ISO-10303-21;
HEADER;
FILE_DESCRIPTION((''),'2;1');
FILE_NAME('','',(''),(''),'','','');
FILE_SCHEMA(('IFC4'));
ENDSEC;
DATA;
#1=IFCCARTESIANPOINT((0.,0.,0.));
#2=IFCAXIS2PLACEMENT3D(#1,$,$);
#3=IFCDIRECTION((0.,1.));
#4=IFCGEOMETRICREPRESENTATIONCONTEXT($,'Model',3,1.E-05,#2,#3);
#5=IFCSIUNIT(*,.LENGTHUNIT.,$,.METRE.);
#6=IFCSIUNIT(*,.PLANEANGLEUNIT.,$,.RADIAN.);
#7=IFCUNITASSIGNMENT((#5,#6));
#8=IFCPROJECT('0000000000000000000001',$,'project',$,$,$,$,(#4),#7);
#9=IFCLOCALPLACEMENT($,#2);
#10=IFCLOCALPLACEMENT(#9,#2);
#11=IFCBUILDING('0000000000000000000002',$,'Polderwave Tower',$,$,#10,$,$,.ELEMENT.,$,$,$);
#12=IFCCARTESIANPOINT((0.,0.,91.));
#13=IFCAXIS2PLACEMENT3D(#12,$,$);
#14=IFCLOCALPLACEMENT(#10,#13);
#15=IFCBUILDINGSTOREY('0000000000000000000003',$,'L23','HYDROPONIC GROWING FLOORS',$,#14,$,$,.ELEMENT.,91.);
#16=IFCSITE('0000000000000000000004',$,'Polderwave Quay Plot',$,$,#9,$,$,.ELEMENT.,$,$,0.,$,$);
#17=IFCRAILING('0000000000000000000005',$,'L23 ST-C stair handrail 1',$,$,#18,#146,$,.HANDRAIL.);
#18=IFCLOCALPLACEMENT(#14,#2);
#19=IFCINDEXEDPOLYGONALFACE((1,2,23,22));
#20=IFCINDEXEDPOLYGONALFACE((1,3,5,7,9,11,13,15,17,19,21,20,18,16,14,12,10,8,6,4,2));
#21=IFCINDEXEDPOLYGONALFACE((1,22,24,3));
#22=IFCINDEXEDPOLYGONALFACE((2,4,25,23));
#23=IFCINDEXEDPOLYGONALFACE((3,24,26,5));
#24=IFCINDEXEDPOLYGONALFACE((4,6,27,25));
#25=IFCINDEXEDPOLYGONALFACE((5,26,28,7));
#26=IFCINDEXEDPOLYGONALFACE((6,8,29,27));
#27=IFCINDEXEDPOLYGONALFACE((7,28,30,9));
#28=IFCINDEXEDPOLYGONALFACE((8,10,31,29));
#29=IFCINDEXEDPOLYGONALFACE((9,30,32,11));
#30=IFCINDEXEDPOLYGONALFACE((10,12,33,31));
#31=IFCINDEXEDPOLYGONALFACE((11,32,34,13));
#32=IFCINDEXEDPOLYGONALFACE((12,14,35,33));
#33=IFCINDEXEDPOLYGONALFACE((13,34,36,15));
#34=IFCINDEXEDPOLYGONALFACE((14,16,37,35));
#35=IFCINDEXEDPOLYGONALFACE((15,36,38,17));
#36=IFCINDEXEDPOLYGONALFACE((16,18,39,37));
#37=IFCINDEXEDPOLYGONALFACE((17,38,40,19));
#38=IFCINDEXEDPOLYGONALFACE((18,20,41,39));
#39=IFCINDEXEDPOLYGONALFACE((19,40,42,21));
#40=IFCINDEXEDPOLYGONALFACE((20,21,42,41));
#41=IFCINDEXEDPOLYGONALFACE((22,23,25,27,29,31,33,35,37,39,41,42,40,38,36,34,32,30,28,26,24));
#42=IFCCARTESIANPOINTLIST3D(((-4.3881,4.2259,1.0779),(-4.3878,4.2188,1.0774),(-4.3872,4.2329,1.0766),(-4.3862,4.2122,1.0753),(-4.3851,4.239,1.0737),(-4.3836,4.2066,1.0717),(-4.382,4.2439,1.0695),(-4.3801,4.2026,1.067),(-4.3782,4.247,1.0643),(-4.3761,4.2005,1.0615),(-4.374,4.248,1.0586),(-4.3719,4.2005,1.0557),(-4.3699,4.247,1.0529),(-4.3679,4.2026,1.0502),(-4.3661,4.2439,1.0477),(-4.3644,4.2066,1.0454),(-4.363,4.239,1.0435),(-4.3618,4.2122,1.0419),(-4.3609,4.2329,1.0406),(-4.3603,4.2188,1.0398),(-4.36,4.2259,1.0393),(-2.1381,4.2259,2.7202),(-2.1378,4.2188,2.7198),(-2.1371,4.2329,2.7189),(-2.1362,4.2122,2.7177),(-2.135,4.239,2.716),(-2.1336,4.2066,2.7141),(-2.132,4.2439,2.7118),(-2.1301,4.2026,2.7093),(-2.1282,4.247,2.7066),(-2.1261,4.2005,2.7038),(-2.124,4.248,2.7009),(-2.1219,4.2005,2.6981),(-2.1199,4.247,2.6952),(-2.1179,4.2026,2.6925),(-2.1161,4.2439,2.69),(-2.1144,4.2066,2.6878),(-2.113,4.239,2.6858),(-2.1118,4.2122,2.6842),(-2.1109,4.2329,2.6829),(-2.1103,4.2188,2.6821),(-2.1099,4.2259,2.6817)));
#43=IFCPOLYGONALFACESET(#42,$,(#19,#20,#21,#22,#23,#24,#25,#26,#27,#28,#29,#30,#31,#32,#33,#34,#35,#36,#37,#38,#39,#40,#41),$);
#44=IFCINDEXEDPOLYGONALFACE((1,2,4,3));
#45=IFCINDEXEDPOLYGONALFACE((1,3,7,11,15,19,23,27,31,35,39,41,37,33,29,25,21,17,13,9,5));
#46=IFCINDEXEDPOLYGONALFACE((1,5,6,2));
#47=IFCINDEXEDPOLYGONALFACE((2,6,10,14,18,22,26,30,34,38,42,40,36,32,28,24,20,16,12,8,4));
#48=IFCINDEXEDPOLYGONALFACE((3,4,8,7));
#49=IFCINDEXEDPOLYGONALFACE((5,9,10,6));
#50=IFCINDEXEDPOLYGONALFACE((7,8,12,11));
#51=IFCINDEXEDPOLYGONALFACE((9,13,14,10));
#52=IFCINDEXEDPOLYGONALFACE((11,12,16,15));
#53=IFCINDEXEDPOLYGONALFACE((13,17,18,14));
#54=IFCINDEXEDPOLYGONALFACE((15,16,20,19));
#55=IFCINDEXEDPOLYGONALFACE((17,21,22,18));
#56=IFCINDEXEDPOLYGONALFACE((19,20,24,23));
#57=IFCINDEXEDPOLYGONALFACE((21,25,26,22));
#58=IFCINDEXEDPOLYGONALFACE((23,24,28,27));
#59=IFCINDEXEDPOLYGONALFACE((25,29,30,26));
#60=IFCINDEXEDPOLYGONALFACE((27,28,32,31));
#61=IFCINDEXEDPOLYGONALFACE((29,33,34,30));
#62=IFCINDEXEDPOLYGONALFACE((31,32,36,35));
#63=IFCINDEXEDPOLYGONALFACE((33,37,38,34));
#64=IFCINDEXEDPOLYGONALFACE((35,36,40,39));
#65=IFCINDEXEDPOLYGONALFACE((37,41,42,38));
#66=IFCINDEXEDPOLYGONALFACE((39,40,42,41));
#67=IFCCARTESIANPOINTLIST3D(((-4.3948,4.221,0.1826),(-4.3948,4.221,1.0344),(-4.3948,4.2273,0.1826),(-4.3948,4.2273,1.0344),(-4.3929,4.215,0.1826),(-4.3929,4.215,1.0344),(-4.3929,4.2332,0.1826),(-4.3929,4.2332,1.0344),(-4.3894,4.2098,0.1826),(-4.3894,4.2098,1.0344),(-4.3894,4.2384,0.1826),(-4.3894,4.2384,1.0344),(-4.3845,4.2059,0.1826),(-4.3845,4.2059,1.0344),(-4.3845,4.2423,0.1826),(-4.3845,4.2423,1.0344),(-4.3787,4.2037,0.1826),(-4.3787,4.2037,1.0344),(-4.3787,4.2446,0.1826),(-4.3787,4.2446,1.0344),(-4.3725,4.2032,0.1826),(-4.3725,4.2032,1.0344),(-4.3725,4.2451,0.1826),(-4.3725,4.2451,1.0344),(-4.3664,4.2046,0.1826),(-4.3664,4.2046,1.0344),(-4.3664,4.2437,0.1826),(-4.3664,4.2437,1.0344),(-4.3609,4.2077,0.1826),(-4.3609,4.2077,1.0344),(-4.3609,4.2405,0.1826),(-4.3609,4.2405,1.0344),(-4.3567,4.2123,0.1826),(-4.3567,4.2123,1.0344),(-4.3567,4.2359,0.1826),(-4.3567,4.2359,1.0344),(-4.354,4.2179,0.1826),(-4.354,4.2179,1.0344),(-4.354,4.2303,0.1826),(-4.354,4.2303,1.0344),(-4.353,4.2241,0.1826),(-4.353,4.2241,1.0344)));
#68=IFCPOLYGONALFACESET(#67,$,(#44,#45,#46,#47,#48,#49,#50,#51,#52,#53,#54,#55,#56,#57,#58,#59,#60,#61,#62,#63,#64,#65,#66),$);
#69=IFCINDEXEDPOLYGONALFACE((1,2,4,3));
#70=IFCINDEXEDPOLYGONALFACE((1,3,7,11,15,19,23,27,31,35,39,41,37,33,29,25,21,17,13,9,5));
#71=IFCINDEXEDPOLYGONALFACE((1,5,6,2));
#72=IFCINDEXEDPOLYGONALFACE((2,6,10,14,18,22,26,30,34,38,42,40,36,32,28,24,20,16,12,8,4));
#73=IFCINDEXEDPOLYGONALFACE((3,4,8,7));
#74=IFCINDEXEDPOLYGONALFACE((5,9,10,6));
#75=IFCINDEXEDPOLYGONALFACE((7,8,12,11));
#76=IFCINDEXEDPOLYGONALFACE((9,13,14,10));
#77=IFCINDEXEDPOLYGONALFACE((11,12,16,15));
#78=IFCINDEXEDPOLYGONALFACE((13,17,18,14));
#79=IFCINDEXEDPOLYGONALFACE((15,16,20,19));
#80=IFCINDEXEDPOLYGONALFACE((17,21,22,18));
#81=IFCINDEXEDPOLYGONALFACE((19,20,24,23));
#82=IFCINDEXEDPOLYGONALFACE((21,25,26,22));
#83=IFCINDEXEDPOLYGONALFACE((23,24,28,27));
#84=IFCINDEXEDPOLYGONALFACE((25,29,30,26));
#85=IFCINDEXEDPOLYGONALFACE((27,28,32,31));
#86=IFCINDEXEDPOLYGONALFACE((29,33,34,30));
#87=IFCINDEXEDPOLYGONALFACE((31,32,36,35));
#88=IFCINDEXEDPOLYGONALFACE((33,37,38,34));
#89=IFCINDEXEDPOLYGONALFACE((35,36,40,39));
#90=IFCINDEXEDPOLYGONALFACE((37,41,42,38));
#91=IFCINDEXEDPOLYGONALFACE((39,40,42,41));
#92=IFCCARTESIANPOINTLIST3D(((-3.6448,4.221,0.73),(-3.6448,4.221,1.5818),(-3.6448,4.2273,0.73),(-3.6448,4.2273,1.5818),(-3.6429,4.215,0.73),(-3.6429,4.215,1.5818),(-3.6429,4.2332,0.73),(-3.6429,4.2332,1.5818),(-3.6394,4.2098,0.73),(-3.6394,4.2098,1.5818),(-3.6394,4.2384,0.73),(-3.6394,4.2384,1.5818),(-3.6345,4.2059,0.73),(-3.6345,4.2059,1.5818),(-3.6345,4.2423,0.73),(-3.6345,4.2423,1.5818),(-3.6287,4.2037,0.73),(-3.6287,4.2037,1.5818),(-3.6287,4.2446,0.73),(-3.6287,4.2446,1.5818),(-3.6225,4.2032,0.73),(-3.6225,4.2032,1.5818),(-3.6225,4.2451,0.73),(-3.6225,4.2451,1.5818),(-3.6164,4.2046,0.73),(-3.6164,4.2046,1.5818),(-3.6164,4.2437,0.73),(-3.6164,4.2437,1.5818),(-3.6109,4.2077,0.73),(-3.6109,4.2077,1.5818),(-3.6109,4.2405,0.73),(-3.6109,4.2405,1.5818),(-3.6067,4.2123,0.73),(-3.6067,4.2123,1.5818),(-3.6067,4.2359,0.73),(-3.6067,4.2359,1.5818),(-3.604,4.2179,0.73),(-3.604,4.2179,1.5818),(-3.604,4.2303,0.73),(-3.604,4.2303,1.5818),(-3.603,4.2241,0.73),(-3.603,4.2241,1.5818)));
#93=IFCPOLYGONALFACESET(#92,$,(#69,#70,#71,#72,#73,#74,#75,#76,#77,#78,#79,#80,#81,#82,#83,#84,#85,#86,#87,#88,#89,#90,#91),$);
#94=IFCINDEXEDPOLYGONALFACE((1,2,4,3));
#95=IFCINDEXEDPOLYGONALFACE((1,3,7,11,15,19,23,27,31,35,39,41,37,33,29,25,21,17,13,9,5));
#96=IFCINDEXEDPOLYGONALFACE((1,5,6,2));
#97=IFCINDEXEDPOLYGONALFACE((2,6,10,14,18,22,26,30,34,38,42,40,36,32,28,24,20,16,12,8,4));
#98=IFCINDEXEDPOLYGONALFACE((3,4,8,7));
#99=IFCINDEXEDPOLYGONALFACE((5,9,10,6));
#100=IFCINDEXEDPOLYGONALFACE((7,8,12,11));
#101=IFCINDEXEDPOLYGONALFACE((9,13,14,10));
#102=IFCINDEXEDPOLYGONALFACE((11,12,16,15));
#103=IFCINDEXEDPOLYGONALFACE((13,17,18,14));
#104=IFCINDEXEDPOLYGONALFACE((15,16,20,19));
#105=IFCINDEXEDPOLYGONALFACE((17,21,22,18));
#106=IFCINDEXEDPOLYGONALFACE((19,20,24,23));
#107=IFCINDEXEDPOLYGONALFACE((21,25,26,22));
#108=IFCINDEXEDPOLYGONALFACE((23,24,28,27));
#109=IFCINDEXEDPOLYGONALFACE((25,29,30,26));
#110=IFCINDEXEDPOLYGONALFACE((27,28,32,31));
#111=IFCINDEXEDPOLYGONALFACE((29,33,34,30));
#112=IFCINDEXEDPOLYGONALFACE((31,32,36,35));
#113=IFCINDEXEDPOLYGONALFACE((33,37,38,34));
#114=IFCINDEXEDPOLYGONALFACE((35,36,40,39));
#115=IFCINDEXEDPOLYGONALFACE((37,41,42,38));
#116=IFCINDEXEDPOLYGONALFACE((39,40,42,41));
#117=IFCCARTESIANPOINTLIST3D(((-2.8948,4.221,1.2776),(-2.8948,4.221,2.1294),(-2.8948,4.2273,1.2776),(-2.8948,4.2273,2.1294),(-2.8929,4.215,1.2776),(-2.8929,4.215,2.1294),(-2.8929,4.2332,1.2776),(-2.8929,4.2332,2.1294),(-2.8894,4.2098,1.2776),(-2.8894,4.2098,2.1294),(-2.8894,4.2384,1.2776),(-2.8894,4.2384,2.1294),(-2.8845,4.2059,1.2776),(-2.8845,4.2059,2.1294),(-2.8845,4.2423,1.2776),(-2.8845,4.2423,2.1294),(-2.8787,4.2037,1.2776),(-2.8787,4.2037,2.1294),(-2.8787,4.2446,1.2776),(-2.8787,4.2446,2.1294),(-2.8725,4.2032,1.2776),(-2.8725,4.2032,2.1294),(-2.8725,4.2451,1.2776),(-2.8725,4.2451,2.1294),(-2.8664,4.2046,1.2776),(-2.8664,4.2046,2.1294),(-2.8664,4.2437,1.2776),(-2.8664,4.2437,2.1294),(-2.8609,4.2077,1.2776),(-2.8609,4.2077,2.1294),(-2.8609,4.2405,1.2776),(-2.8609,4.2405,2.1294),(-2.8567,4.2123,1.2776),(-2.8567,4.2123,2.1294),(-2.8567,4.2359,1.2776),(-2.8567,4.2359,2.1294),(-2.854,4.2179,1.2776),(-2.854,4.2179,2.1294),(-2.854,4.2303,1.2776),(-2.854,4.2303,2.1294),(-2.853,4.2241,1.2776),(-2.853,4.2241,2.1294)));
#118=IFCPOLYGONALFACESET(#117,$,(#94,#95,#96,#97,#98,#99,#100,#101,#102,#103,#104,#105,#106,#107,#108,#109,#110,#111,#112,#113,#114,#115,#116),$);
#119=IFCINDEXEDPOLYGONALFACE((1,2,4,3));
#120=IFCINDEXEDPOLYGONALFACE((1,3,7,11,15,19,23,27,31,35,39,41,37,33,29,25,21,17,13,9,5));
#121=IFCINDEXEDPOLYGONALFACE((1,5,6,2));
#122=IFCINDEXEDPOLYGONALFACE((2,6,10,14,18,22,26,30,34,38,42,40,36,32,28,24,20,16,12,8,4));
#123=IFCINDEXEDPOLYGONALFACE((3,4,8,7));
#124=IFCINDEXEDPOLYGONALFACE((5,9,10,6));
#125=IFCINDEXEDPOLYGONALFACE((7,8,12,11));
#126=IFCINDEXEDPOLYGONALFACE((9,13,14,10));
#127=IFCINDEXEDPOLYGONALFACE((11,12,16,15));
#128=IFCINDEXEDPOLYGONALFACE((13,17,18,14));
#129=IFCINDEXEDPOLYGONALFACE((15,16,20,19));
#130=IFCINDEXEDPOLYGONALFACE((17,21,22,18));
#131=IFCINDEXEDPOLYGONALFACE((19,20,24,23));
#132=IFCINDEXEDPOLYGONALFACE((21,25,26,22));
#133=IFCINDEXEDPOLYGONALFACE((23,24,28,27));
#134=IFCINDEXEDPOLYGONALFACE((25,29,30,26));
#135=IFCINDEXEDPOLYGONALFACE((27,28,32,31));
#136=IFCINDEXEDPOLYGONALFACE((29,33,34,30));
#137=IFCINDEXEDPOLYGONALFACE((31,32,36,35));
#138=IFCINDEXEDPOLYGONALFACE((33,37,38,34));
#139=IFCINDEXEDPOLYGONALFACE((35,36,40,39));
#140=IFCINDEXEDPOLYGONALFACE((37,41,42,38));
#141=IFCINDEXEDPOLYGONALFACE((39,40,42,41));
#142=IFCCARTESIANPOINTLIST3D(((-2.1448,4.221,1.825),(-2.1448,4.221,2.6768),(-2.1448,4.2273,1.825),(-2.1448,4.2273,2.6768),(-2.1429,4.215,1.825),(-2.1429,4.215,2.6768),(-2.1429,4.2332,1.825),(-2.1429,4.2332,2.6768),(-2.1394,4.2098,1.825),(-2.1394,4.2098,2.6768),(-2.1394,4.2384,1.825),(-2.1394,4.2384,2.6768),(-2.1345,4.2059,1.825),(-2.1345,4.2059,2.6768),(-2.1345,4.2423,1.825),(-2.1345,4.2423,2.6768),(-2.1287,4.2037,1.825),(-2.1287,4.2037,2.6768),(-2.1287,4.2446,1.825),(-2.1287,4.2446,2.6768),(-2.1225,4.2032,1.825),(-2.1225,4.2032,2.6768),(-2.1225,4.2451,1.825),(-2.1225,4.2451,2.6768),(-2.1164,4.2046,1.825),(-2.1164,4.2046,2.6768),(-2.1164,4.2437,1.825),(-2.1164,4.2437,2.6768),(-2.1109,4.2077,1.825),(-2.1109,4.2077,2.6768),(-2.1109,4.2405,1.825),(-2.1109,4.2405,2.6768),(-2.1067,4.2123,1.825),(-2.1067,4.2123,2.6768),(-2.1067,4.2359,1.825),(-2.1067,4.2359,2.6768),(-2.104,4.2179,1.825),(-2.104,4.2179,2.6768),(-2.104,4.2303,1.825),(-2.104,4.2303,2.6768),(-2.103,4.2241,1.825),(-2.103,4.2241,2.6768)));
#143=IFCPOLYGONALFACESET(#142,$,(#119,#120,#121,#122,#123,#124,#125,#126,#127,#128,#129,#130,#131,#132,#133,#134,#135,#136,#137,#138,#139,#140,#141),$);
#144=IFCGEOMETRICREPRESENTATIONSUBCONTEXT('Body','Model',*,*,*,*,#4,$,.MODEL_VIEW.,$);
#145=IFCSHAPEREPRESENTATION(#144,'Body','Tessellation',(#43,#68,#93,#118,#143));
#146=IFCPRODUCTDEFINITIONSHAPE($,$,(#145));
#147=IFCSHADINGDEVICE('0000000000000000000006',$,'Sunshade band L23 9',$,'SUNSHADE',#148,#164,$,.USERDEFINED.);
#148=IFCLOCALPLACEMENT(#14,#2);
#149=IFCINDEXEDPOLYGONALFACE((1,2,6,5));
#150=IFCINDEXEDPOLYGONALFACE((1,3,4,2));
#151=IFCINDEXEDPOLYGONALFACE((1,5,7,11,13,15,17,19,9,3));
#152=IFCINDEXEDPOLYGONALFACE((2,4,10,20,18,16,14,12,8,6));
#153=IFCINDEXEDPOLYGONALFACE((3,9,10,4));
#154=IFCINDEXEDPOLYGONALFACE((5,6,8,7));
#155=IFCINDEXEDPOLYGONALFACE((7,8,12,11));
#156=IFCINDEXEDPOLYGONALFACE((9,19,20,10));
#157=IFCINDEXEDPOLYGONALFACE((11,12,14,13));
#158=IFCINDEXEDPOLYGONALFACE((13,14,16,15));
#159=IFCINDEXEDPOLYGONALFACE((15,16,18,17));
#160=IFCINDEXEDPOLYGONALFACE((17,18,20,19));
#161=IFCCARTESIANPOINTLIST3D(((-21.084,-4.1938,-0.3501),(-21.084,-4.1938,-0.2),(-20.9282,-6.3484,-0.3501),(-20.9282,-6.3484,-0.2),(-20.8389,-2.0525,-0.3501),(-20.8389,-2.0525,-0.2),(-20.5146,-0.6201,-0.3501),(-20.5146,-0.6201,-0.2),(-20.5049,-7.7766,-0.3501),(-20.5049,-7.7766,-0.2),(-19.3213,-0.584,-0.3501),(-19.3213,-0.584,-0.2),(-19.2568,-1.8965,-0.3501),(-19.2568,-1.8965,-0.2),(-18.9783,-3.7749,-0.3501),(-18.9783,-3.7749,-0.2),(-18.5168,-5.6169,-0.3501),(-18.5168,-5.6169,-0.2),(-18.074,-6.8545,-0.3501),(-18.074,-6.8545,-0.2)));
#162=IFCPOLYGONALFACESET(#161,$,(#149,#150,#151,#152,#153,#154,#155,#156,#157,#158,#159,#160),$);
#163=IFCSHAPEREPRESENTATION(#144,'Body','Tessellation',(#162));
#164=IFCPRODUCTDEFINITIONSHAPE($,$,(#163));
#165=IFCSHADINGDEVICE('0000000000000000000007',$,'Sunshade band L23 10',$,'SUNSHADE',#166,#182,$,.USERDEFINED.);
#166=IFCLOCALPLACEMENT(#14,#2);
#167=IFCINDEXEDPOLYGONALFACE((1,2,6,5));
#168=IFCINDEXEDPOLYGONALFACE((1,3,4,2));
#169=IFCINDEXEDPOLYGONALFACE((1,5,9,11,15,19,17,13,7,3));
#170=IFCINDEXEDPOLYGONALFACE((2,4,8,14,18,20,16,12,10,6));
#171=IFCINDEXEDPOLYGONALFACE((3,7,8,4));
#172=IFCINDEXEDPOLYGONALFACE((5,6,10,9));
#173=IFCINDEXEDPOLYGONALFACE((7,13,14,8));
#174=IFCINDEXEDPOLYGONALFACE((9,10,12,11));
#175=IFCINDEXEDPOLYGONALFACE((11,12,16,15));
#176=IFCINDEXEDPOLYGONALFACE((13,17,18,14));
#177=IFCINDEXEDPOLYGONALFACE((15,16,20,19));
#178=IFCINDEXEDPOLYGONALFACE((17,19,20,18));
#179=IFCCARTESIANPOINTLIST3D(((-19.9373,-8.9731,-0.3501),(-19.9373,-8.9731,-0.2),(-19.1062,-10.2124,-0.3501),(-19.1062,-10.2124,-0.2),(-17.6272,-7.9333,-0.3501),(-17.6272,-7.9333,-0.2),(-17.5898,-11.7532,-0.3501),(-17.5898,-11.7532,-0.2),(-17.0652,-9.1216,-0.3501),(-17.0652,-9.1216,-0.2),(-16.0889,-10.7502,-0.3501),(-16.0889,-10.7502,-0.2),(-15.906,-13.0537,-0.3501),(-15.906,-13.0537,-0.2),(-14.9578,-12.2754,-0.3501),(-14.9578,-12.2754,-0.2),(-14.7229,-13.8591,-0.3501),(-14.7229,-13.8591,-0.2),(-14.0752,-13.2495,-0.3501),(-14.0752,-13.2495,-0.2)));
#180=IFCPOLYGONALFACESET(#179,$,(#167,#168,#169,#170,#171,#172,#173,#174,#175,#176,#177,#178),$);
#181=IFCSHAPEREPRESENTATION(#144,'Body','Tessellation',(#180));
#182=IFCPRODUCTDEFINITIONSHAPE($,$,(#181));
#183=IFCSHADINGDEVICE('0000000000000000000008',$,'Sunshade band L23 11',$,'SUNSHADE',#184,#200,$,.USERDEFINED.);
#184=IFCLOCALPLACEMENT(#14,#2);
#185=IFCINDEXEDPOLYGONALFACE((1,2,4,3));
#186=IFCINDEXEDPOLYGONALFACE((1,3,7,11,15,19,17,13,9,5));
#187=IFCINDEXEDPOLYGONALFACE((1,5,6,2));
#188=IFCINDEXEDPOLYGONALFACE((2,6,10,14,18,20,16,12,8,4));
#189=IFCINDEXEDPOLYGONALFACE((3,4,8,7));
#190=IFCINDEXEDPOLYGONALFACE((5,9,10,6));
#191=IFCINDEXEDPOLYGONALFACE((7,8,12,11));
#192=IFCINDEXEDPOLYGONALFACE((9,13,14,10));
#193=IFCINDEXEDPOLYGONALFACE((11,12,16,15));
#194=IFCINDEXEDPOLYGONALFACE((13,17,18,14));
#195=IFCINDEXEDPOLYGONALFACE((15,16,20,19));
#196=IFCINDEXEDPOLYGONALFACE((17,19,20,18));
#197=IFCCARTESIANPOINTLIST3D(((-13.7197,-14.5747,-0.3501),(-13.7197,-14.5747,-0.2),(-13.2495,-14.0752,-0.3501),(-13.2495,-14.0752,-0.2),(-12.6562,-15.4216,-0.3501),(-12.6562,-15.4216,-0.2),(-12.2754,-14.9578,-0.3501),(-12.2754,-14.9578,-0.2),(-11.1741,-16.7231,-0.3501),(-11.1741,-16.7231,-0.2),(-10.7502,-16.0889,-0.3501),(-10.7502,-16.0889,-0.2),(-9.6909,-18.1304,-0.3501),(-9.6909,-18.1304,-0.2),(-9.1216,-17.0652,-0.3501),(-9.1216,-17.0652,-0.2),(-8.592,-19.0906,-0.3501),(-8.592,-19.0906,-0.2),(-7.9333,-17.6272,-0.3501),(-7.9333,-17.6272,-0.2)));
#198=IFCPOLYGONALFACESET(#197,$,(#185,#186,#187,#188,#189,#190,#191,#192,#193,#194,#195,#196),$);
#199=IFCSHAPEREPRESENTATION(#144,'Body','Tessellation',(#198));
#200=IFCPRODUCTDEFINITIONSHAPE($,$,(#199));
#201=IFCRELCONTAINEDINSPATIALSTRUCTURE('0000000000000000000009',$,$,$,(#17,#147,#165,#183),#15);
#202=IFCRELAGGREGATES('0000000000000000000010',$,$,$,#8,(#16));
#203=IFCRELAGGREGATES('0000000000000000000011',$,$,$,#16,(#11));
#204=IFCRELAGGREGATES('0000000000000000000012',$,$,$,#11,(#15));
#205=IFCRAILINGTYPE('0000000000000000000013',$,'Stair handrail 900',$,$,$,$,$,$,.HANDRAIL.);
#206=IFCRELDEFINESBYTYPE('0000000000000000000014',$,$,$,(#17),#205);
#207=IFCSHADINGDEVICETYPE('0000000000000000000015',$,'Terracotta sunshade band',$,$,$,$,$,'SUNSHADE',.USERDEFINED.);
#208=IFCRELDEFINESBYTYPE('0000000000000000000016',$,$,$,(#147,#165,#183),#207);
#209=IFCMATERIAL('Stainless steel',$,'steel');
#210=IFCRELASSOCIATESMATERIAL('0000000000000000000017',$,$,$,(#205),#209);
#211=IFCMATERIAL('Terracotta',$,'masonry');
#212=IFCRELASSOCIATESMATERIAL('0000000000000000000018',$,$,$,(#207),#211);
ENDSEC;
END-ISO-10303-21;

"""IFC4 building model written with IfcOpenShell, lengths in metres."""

from ifc_helpers import new_model, si_unit, direction, frame, origin, origin_2d, place, context, subcontext, project, spatial, polyline, circle, outline, extrude, material, type_object, element, save


model = new_model("IFC4")

# Units and contexts
model_context = context("Model", 3, precision=1e-05, world=origin(), true_north=direction((0.0, 1.0)))
body_context = subcontext(model_context, "Body", "Model", "MODEL_VIEW")
ifc_project = project(units=[si_unit("LENGTHUNIT", "METRE"), si_unit("PLANEANGLEUNIT", "RADIAN")], contexts=[model_context])

# Site, building, storey
site_placement = place(None, origin())
site = spatial("IfcSite", under=ifc_project, at=site_placement, Name="Polderwave Quay Plot", CompositionType="ELEMENT", RefElevation=0.0)
building_placement = place(site_placement, origin())
building = spatial("IfcBuilding", under=site, at=building_placement, Name="Polderwave Tower", CompositionType="ELEMENT")
storey_placement = place(building_placement, frame((0.0, 0.0, 91.0)))
storey = spatial("IfcBuildingStorey", under=building, at=storey_placement, Name="L23", Description="HYDROPONIC GROWING FLOORS", CompositionType="ELEMENT", Elevation=91.0)

# Railing
ifc_material_1 = material(Name="Stainless steel", Category="steel")
railing_type_1 = type_object("IfcRailingType", Name="Stair handrail 900", PredefinedType="HANDRAIL", material=ifc_material_1)
railing_1_placement = place(storey_placement, frame((-4.374, 4.2241, 0.1826)))
element("IfcRailing", 1, at=railing_1_placement, inside=storey, type_object=railing_type_1, Name="L23 ST-C stair handrail 1", PredefinedType="HANDRAIL", context=body_context, shape_type="SweptSolid", body=[
    extrude(circle(Radius=0.0239, at=origin_2d()), frame((0.0, 0.0, 0.876), z_axis=(0.807715, 0.0, 0.589573), x_axis=(0.0, 1.0, 0.0)), (0.0, 0.0, 1.0), 2.7856),
    extrude(circle(Radius=0.021, at=origin_2d()), origin(), (0.0, 0.0, 1.0), 0.8518),
    extrude(circle(Radius=0.021, at=origin_2d()), frame((0.75, 0.0, 0.5474)), (0.0, 0.0, 1.0), 0.8518),
    extrude(circle(Radius=0.021, at=origin_2d()), frame((1.5, 0.0, 1.095)), (0.0, 0.0, 1.0), 0.8518),
    extrude(circle(Radius=0.021, at=origin_2d()), frame((2.25, 0.0, 1.6423)), (0.0, 0.0, 1.0), 0.8518),
])

# Shading devices
ifc_material_2 = material(Name="Terracotta", Category="masonry")
shading_device_type = type_object("IfcShadingDeviceType", Name="Terracotta sunshade band", ElementType="SUNSHADE", PredefinedType="USERDEFINED", material=ifc_material_2)
shading_device_1_placement = place(storey_placement, frame((0.0, 0.0, -0.3501)))
element("IfcShadingDevice", 2, at=shading_device_1_placement, inside=storey, type_object=shading_device_type, Name="Sunshade band L23 9", ObjectType="SUNSHADE", PredefinedType="USERDEFINED", context=body_context, shape_type="SweptSolid", body=[
    extrude(outline(polyline([(-19.3213, -0.584), (-19.2568, -1.8965), (-18.9783, -3.7749), (-18.5168, -5.6169), (-18.074, -6.8545), (-20.5049, -7.7766), (-20.9282, -6.3484), (-21.084, -4.1938), (-20.8389, -2.0525), (-20.5146, -0.6201), (-19.3213, -0.584)])), origin(), (0.0, 0.0, 1.0), 0.1501),
])
shading_device_2_placement = place(storey_placement, frame((0.0, 0.0, -0.3501)))
element("IfcShadingDevice", 3, at=shading_device_2_placement, inside=storey, type_object=shading_device_type, Name="Sunshade band L23 10", ObjectType="SUNSHADE", PredefinedType="USERDEFINED", context=body_context, shape_type="SweptSolid", body=[
    extrude(outline(polyline([(-17.6272, -7.9333), (-17.0652, -9.1216), (-16.0889, -10.7502), (-14.9578, -12.2754), (-14.0752, -13.2495), (-14.7229, -13.8591), (-15.906, -13.0537), (-17.5898, -11.7532), (-19.1062, -10.2124), (-19.9373, -8.9731), (-17.6272, -7.9333)])), origin(), (0.0, 0.0, 1.0), 0.1501),
])
shading_device_3_placement = place(storey_placement, frame((0.0, 0.0, -0.3501)))
element("IfcShadingDevice", 4, at=shading_device_3_placement, inside=storey, type_object=shading_device_type, Name="Sunshade band L23 11", ObjectType="SUNSHADE", PredefinedType="USERDEFINED", context=body_context, shape_type="SweptSolid", body=[
    extrude(outline(polyline([(-13.2495, -14.0752), (-12.2754, -14.9578), (-10.7502, -16.0889), (-9.1216, -17.0652), (-7.9333, -17.6272), (-8.592, -19.0906), (-9.6909, -18.1304), (-11.1741, -16.7231), (-12.6562, -15.4216), (-13.7197, -14.5747), (-13.2495, -14.0752)])), origin(), (0.0, 0.0, 1.0), 0.1501),
])

save(model, "model.ifc")
